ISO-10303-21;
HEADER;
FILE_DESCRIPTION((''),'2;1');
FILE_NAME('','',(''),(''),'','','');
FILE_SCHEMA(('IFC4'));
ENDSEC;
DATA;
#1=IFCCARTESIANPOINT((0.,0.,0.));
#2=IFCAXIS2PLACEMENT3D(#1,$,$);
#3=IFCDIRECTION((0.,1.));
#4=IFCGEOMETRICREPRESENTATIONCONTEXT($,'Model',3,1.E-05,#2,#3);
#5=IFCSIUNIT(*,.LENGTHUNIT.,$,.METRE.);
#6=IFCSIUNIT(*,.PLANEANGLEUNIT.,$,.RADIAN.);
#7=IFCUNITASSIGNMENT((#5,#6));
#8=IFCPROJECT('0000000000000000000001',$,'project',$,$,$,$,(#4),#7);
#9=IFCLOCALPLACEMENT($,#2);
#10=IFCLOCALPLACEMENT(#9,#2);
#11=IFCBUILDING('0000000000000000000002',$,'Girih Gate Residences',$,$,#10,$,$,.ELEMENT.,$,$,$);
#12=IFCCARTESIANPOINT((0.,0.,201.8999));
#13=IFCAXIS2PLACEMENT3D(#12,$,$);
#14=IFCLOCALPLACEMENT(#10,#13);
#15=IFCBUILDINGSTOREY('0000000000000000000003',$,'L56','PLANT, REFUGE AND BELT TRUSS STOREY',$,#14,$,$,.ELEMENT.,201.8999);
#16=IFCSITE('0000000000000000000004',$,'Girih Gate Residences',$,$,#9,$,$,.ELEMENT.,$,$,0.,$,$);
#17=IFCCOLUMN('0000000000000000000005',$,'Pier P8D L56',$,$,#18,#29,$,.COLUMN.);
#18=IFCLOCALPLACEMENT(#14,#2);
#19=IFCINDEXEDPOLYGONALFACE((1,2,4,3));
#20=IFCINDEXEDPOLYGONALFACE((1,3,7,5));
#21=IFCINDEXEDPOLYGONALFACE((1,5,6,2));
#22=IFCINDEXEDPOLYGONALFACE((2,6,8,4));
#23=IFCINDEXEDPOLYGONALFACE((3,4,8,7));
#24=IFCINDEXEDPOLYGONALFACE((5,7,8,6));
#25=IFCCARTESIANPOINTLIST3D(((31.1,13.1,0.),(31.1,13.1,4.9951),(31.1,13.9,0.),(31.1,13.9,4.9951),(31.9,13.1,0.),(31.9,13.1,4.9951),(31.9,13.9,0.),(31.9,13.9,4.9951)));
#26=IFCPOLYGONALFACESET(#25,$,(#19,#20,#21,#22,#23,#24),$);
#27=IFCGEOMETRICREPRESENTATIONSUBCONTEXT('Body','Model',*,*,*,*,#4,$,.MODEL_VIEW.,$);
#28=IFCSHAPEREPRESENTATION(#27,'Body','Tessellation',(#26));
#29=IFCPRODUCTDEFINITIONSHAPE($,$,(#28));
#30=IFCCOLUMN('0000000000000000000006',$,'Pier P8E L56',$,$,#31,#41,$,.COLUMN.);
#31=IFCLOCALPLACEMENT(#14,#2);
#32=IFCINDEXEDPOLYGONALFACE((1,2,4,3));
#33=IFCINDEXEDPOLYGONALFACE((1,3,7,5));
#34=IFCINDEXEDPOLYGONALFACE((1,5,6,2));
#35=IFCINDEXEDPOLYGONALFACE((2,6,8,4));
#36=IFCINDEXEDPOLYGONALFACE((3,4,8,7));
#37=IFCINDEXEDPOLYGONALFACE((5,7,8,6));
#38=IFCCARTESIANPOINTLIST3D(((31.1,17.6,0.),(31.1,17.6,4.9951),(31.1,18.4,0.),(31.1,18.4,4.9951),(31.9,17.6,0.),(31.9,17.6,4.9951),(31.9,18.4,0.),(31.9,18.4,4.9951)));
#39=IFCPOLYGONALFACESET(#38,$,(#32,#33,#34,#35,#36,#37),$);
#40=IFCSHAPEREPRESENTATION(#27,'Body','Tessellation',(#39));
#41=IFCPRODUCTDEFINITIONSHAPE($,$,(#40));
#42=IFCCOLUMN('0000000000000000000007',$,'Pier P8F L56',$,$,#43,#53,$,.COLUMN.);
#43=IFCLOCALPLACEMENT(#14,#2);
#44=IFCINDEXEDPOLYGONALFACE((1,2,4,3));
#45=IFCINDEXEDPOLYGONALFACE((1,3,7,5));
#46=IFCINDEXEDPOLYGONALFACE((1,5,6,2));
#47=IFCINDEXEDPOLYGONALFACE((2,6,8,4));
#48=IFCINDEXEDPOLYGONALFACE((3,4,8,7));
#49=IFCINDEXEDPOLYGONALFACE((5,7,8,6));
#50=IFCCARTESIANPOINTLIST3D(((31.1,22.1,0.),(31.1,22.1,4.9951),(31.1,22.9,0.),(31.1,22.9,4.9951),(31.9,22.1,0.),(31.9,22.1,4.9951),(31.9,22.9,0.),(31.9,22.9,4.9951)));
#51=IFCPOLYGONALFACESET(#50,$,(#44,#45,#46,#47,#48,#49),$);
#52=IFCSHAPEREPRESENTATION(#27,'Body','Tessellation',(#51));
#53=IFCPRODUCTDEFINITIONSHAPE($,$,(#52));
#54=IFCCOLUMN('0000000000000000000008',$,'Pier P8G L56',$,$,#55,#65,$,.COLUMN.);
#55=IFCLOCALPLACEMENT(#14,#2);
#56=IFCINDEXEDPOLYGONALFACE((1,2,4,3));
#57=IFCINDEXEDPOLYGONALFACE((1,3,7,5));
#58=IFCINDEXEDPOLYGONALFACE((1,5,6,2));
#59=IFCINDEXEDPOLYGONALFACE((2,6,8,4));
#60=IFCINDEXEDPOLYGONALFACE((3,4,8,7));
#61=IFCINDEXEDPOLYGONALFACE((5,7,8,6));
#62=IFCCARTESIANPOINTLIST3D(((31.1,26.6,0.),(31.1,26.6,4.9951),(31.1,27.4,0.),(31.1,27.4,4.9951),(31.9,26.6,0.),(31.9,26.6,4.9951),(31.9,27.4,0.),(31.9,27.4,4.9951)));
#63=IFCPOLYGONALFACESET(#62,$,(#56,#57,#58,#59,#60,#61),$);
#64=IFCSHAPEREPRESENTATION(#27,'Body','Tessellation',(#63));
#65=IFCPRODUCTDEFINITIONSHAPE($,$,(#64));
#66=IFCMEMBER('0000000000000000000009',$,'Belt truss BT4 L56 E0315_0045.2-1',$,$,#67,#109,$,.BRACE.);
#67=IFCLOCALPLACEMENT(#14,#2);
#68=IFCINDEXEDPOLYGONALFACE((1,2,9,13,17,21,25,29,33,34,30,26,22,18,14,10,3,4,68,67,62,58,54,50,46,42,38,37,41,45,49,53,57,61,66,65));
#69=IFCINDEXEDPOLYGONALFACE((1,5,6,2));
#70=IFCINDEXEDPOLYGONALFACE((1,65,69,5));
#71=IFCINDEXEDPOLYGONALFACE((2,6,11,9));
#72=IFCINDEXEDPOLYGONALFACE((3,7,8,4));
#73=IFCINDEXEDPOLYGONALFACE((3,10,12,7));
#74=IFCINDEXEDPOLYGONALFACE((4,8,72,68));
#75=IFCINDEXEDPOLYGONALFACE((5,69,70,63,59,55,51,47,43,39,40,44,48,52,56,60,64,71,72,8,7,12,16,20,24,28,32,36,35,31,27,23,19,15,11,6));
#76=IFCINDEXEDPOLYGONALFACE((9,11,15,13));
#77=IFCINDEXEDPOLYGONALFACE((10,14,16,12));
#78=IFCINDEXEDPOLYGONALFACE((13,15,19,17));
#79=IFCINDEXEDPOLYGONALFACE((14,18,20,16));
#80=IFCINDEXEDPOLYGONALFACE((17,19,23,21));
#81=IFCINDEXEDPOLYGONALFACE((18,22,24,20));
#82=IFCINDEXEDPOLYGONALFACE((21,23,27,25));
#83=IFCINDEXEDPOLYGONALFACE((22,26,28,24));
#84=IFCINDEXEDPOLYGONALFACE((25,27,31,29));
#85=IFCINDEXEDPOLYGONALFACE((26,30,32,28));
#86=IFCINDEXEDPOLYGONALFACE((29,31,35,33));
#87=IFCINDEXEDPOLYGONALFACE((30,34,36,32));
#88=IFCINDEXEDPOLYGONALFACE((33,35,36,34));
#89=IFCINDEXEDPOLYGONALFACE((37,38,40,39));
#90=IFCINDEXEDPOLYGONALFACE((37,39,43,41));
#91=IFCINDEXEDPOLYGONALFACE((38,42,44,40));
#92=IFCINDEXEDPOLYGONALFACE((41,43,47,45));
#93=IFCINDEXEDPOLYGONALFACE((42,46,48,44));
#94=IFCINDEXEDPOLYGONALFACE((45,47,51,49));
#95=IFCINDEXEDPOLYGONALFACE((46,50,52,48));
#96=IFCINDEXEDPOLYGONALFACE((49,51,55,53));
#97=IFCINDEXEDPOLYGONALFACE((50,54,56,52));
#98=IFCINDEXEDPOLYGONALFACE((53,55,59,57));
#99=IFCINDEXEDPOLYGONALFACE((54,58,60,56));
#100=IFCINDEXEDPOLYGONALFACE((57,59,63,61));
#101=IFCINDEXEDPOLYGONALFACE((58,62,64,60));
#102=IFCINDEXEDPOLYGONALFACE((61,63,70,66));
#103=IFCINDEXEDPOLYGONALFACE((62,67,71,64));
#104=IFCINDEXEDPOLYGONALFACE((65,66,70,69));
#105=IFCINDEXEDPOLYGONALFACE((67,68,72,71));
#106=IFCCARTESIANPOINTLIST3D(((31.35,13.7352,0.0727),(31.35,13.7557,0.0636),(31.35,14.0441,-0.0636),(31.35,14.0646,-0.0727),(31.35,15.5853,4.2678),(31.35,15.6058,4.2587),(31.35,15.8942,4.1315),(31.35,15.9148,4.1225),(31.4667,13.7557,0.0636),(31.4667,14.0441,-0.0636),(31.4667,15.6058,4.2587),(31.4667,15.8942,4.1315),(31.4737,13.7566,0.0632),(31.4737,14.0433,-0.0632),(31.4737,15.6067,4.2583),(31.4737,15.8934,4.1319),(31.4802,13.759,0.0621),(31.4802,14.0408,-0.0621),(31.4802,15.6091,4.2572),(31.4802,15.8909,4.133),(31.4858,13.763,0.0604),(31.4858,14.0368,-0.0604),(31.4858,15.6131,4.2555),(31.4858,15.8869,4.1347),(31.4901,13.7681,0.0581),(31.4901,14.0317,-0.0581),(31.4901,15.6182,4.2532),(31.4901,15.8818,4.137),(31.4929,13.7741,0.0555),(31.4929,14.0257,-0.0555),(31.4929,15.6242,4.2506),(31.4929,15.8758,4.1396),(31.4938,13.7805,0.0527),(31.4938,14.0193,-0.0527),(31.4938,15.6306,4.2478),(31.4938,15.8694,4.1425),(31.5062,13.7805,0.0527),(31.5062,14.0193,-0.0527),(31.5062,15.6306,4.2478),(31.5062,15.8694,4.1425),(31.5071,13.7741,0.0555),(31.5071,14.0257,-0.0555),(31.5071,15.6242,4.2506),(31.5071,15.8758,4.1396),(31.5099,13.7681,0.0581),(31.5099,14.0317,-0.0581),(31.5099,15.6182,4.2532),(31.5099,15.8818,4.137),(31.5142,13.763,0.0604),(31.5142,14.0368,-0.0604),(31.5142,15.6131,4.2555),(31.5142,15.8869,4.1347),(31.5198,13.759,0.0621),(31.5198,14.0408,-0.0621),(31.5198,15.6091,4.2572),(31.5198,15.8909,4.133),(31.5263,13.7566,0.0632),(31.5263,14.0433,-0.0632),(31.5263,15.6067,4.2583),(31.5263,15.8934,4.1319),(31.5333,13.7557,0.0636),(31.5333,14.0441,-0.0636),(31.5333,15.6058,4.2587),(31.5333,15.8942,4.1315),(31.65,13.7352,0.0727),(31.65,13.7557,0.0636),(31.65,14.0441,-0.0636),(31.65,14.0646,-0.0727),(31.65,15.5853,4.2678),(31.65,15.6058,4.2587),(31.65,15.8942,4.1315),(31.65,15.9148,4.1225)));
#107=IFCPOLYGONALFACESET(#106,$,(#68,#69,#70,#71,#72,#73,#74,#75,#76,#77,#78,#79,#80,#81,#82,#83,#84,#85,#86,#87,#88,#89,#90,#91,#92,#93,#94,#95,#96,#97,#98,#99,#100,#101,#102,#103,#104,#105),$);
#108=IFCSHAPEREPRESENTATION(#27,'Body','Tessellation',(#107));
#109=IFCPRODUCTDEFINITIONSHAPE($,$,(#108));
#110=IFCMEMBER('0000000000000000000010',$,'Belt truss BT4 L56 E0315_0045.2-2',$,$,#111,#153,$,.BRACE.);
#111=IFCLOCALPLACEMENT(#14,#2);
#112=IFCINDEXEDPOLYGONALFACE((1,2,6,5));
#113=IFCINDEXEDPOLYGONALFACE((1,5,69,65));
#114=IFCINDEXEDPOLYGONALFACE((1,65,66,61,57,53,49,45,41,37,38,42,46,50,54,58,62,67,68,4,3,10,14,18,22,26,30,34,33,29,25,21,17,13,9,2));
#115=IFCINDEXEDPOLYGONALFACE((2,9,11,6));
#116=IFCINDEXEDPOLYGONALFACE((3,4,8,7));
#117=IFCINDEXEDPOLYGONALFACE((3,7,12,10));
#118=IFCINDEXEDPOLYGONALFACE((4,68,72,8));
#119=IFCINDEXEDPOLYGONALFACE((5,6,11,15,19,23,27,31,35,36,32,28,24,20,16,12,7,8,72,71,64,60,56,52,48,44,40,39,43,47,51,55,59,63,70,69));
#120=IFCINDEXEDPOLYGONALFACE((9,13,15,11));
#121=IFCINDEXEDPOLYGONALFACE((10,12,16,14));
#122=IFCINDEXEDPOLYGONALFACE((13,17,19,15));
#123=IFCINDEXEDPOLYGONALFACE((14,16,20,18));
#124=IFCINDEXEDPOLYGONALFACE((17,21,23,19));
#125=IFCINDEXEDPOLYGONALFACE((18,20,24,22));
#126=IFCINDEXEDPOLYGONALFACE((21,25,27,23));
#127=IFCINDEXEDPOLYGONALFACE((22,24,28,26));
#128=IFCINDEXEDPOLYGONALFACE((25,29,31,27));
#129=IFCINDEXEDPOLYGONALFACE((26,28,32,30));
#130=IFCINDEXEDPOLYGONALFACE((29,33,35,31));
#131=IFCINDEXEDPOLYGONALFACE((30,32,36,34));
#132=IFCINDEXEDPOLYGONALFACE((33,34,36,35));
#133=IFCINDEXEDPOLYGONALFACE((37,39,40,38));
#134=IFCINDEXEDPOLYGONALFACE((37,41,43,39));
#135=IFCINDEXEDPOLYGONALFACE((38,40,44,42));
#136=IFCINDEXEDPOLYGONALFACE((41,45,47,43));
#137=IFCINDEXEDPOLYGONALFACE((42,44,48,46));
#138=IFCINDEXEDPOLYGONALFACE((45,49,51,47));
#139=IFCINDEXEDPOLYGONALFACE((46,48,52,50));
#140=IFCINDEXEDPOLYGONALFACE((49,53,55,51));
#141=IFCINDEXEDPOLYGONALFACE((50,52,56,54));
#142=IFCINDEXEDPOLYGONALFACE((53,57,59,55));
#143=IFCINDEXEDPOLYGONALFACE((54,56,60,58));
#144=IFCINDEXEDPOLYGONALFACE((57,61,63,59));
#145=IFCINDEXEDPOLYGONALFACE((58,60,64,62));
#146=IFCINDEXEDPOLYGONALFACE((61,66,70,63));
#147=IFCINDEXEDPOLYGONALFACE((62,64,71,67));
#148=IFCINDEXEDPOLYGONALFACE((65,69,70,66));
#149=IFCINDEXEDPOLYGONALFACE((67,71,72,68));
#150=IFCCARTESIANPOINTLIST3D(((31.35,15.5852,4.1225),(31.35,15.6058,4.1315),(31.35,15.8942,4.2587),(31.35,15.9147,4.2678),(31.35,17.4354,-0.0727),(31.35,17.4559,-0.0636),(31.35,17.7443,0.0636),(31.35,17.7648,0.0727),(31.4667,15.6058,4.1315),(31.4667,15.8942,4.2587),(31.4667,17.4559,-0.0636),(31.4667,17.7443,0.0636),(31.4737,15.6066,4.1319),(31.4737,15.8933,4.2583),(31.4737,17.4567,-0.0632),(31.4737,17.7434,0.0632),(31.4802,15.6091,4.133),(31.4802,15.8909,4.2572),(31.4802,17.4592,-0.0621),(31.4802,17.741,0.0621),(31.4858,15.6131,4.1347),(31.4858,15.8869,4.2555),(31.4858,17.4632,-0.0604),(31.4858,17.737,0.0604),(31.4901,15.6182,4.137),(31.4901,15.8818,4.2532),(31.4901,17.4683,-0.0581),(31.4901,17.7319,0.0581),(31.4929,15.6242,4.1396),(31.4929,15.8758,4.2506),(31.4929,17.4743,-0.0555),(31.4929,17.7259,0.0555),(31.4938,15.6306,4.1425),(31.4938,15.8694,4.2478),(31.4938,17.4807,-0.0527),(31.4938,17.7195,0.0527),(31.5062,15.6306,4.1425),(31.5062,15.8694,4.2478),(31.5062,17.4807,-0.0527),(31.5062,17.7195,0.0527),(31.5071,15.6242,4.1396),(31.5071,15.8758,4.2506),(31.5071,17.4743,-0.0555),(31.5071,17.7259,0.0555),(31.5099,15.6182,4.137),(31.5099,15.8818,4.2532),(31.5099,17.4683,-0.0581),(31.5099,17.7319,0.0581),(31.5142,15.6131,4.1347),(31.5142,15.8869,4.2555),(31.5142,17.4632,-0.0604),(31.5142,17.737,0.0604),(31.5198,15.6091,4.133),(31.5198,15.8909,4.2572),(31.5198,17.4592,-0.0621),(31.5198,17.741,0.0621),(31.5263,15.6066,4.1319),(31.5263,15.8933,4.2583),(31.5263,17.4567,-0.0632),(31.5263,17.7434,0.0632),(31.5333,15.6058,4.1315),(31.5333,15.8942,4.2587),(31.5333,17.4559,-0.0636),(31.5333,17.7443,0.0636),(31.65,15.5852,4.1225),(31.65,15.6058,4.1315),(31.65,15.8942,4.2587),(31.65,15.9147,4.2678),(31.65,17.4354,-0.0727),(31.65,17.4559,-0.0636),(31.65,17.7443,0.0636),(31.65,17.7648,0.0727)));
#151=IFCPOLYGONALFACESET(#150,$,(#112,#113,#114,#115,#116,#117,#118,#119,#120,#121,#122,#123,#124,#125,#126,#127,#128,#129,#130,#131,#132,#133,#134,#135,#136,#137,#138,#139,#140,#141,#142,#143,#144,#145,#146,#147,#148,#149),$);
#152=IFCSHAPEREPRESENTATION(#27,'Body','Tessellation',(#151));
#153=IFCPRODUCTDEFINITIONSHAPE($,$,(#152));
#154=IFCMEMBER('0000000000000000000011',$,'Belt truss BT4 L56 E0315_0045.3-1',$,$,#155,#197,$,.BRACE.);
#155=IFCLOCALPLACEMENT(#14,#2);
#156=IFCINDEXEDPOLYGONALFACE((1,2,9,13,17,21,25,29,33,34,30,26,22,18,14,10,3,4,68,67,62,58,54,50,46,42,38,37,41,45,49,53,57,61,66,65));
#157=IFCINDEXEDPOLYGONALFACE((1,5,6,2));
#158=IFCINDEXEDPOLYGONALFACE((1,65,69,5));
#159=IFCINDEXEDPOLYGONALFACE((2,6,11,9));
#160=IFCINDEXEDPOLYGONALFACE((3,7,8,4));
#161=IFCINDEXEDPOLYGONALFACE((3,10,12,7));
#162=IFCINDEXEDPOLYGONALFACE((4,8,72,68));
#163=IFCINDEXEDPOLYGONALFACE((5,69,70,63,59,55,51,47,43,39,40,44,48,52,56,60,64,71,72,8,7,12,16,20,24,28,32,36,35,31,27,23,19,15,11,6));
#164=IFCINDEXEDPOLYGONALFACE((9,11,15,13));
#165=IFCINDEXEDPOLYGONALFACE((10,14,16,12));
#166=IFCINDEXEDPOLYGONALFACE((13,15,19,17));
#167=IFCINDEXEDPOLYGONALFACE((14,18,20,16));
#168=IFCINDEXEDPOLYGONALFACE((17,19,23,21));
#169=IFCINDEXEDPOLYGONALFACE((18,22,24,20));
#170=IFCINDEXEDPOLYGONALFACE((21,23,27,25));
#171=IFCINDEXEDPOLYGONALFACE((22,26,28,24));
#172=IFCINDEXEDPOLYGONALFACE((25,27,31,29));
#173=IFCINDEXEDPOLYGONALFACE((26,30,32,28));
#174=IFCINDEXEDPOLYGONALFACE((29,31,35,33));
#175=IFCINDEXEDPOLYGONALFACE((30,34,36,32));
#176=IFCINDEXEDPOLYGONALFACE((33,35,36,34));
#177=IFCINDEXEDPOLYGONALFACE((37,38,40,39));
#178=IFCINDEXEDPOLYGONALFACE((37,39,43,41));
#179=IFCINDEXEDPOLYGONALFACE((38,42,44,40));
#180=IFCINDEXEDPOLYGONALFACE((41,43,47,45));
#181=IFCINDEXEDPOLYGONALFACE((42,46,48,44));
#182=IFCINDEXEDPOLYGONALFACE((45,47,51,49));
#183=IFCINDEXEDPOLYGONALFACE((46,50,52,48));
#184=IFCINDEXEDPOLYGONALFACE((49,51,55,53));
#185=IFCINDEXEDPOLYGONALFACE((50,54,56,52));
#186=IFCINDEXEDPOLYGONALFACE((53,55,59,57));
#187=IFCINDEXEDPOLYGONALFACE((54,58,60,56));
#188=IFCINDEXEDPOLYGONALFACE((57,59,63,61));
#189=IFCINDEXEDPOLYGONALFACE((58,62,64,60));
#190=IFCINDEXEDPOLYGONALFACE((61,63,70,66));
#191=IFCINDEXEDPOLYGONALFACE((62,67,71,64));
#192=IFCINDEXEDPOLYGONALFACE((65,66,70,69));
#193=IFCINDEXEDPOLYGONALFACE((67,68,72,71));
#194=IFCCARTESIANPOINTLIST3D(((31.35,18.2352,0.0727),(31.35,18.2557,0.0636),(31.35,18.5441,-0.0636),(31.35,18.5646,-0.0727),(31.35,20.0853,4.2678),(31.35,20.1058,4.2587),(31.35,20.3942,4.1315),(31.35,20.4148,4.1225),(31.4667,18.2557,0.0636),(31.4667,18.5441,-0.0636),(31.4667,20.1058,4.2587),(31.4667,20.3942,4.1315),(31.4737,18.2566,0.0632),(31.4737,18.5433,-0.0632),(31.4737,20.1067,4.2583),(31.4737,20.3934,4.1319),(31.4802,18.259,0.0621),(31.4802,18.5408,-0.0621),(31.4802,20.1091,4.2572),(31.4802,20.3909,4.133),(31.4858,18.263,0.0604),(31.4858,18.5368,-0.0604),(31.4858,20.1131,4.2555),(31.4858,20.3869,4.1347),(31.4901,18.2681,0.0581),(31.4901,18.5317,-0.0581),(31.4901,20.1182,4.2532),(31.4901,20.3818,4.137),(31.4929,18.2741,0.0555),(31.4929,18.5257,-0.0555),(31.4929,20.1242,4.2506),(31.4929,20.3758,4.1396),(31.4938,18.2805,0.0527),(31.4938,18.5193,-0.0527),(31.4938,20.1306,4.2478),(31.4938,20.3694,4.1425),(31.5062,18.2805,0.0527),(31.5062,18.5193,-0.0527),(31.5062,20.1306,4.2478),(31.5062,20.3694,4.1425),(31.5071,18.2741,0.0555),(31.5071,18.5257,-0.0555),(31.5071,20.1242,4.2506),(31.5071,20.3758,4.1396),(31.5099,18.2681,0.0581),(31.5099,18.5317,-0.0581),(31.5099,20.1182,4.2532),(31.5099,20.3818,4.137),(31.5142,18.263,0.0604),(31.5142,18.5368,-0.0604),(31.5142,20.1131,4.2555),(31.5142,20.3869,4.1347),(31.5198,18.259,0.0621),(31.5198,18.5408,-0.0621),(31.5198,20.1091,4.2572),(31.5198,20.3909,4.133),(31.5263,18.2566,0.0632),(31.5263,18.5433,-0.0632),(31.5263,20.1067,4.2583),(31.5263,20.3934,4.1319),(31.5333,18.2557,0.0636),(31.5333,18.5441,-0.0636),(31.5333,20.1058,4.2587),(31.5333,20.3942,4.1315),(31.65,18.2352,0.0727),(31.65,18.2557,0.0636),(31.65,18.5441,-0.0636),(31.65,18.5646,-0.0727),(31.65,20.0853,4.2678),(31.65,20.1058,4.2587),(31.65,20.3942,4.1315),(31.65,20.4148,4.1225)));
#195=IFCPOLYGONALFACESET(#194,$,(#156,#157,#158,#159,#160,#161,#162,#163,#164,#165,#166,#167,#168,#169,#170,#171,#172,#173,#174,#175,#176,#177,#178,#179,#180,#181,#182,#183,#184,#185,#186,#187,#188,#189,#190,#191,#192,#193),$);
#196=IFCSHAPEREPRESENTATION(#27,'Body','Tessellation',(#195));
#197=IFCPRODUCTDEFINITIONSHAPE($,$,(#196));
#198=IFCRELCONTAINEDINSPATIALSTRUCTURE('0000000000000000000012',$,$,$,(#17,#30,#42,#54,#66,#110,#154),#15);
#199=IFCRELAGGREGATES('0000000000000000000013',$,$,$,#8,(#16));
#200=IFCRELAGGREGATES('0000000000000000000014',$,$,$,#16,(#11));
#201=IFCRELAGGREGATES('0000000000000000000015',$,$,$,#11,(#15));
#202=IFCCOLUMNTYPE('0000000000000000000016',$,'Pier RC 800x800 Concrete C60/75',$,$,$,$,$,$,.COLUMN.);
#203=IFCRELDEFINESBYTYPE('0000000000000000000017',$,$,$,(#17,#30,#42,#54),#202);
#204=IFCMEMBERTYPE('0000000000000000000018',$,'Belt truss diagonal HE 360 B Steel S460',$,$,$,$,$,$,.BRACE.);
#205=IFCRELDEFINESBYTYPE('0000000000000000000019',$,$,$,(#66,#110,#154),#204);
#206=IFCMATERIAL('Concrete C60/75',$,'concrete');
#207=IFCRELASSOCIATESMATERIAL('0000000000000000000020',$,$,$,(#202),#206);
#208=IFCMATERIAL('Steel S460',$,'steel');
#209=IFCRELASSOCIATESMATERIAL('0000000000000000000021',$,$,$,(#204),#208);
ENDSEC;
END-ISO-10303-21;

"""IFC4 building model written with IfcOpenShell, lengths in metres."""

from ifc_helpers import new_model, si_unit, direction, frame, origin, origin_2d, place, context, subcontext, project, spatial, rectangle, i_section, extrude, material, material_profile, profile_set, type_object, element, save


model = new_model("IFC4")

# Units and contexts
model_context = context("Model", 3, precision=1e-05, world=origin(), true_north=direction((0.0, 1.0)))
body_context = subcontext(model_context, "Body", "Model", "MODEL_VIEW")
ifc_project = project(units=[si_unit("LENGTHUNIT", "METRE"), si_unit("PLANEANGLEUNIT", "RADIAN")], contexts=[model_context])

# Site, building, storey
site_placement = place(None, origin())
site = spatial("IfcSite", under=ifc_project, at=site_placement, Name="Girih Gate Residences", CompositionType="ELEMENT", RefElevation=0.0)
building_placement = place(site_placement, origin())
building = spatial("IfcBuilding", under=site, at=building_placement, Name="Girih Gate Residences", CompositionType="ELEMENT")
storey_placement = place(building_placement, frame((0.0, 0.0, 201.8999)))
storey = spatial("IfcBuildingStorey", under=building, at=storey_placement, Name="L56", Description="PLANT, REFUGE AND BELT TRUSS STOREY", CompositionType="ELEMENT", Elevation=201.8999)

# Columns
ifc_material_1 = material(Name="Concrete C60/75", Category="concrete")
ifc_material_profile_1 = material_profile(ifc_material_1, rectangle(XDim=0.8, YDim=0.8, at=origin_2d()))
ifc_profile_set_1 = profile_set([ifc_material_profile_1], Name="Concrete C60/75")
column_type = type_object("IfcColumnType", Name="Pier RC 800x800 Concrete C60/75", PredefinedType="COLUMN", material=ifc_profile_set_1)
for number, where, z_axis, x_axis, name in (
    (1, (31.5, 13.5, 0.0), (0.0, 0.0, 1.0), (1.0, 0.0, 0.0), "Pier P8D L56"),
    (2, (31.5, 18.0, 0.0), (0.0, 0.0, 1.0), (1.0, 0.0, 0.0), "Pier P8E L56"),
    (3, (31.5, 22.5, 0.0), (0.0, 0.0, 1.0), (1.0, 0.0, 0.0), "Pier P8F L56"),
    (4, (31.5, 27.0, 0.0), (0.0, 0.0, 1.0), (1.0, 0.0, 0.0), "Pier P8G L56"),
):
    element("IfcColumn", number, at=place(storey_placement, frame(where, z_axis=z_axis, x_axis=x_axis)), inside=storey, type_object=column_type, Name=name, PredefinedType="COLUMN", context=body_context, shape_type="SweptSolid", body=[
        extrude(rectangle(XDim=0.8, YDim=0.8, at=origin_2d()), origin(), (0.0, 0.0, 1.0), 4.9951),
    ])

# Members
ifc_material_2 = material(Name="Steel S460", Category="steel")
ifc_material_profile_2 = material_profile(ifc_material_2, i_section(OverallWidth=0.3, OverallDepth=0.3601, WebThickness=0.0125, FlangeThickness=0.0225, FilletRadius=0.0271, at=origin_2d()))
ifc_profile_set_2 = profile_set([ifc_material_profile_2], Name="Steel S460")
member_type = type_object("IfcMemberType", Name="Belt truss diagonal HE 360 B Steel S460", PredefinedType="BRACE", material=ifc_profile_set_2)
for number, where, z_axis, x_axis, name in (
    (5, (31.5, 13.8999, 0.0), (0.0, 0.403518, 0.914972), (-1.0, 0.0, 0.0), "Belt truss BT4 L56 E0315_0045.2-1"),
    (6, (31.5, 17.6001, 0.0), (0.0, -0.403518, 0.914972), (1.0, 0.0, 0.0), "Belt truss BT4 L56 E0315_0045.2-2"),
    (7, (31.5, 18.3999, 0.0), (0.0, 0.403518, 0.914972), (-1.0, 0.0, 0.0), "Belt truss BT4 L56 E0315_0045.3-1"),
):
    element("IfcMember", number, at=place(storey_placement, frame(where, z_axis=z_axis, x_axis=x_axis)), inside=storey, type_object=member_type, Name=name, PredefinedType="BRACE", context=body_context, shape_type="SweptSolid", body=[
        extrude(i_section(OverallWidth=0.3, OverallDepth=0.3601, WebThickness=0.0125, FlangeThickness=0.0225, FilletRadius=0.0271, at=origin_2d()), origin(), (0.0, 0.0, 1.0), 4.585),
    ])

save(model, "model.ifc")
